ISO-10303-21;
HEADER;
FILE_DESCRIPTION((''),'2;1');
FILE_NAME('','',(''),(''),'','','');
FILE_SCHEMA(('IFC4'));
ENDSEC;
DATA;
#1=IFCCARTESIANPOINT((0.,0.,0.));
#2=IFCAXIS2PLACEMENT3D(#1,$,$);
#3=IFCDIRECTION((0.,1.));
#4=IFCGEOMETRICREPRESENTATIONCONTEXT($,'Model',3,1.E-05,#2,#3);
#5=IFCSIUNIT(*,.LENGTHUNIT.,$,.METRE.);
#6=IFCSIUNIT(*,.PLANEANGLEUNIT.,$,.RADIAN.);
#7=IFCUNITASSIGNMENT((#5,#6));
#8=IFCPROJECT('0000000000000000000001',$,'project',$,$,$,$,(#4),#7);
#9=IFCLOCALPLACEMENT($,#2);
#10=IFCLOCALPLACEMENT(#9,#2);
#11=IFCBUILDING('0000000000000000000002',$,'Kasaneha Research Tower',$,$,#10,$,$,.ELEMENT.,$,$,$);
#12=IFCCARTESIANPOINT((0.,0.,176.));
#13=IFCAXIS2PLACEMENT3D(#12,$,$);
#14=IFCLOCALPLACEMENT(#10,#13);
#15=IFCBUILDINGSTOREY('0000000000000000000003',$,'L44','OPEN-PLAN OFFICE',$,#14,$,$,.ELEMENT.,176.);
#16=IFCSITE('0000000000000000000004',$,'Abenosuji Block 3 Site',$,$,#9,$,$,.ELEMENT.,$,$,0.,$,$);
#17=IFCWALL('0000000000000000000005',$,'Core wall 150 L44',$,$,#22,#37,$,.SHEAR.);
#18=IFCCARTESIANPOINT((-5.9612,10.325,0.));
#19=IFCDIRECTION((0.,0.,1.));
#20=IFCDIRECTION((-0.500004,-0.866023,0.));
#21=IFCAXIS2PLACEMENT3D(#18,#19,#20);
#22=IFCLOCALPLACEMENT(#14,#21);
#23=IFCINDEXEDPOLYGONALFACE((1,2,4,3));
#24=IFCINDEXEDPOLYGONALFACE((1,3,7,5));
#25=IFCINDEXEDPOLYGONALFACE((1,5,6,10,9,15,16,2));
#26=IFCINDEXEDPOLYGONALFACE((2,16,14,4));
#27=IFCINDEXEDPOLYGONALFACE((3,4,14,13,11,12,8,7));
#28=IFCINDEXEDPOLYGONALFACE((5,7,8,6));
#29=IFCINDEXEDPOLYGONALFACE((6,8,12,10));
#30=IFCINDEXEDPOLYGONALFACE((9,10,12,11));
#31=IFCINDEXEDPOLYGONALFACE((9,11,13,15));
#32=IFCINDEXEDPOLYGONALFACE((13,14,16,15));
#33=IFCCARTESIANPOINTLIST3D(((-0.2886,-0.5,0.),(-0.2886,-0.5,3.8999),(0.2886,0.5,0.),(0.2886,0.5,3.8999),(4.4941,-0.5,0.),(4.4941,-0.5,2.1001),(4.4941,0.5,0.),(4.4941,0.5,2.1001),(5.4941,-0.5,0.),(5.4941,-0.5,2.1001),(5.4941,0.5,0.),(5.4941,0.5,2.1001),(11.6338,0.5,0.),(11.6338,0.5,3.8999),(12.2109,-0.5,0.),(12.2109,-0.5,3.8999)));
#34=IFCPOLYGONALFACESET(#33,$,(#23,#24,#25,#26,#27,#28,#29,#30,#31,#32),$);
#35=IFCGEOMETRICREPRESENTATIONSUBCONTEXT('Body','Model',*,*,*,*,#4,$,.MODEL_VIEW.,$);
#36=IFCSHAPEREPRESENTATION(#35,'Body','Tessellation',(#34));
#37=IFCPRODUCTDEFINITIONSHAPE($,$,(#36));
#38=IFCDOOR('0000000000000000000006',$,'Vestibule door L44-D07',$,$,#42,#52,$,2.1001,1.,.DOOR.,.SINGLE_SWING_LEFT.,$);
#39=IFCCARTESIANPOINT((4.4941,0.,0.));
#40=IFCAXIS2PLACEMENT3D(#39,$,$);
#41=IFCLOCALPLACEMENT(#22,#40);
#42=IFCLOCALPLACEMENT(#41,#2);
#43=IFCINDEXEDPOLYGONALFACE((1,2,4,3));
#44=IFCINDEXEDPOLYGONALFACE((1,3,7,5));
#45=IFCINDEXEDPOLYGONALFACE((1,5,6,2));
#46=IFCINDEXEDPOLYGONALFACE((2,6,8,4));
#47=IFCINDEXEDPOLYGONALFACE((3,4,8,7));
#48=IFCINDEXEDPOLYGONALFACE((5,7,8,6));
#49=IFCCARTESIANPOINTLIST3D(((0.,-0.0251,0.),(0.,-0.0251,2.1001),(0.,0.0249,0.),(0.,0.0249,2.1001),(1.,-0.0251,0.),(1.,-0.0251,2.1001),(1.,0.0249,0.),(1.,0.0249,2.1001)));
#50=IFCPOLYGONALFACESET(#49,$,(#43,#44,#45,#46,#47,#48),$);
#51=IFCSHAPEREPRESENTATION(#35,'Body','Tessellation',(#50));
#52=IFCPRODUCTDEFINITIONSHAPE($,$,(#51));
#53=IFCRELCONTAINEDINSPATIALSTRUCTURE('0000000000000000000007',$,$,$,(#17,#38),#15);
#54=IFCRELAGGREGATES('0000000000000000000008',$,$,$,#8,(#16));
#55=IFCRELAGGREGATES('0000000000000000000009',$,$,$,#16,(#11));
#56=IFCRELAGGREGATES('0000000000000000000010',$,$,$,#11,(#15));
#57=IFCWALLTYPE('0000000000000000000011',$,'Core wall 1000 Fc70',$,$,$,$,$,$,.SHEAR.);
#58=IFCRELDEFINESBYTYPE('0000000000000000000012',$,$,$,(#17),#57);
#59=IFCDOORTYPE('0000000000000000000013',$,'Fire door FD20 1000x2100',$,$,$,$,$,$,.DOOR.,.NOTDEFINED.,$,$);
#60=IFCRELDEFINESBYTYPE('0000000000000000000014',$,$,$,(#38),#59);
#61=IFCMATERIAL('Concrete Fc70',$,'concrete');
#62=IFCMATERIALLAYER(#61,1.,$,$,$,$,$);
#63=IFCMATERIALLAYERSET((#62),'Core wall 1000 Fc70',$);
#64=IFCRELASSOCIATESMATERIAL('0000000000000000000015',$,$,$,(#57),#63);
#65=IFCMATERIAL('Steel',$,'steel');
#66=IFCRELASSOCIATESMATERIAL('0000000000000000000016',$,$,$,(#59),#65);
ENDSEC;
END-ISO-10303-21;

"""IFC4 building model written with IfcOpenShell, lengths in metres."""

from ifc_helpers import new_model, si_unit, direction, frame, frame_2d, origin, place, context, subcontext, project, spatial, polyline, rectangle, outline, extrude, material, layer, layer_set, type_object, element, fill, save


model = new_model("IFC4")

# Units and contexts
model_context = context("Model", 3, precision=1e-05, world=origin(), true_north=direction((0.0, 1.0)))
body_context = subcontext(model_context, "Body", "Model", "MODEL_VIEW")
ifc_project = project(units=[si_unit("LENGTHUNIT", "METRE"), si_unit("PLANEANGLEUNIT", "RADIAN")], contexts=[model_context])

# Site, building, storey
site_placement = place(None, origin())
site = spatial("IfcSite", under=ifc_project, at=site_placement, Name="Abenosuji Block 3 Site", CompositionType="ELEMENT", RefElevation=0.0)
building_placement = place(site_placement, origin())
building = spatial("IfcBuilding", under=site, at=building_placement, Name="Kasaneha Research Tower", CompositionType="ELEMENT")
storey_placement = place(building_placement, frame((0.0, 0.0, 176.0)))
storey = spatial("IfcBuildingStorey", under=building, at=storey_placement, Name="L44", Description="OPEN-PLAN OFFICE", CompositionType="ELEMENT", Elevation=176.0)

# Wall, opening, door
ifc_material_1 = material(Name="Concrete Fc70", Category="concrete")
ifc_layer_1 = layer(ifc_material_1, 1.0)
ifc_layer_set_1 = layer_set([ifc_layer_1], Name="Core wall 1000 Fc70")
wall_type_1 = type_object("IfcWallType", Name="Core wall 1000 Fc70", PredefinedType="SHEAR", material=ifc_layer_set_1)
wall_1_placement = place(storey_placement, frame((-5.9612, 10.325, 0.0), z_axis=(0.0, 0.0, 1.0), x_axis=(-0.500004, -0.866023, 0.0)))
wall_1 = element("IfcWall", 1, at=wall_1_placement, inside=storey, type_object=wall_type_1, Name="Core wall 150 L44", PredefinedType="SHEAR", context=body_context, shape_type="SweptSolid", body=[
    extrude(outline(polyline([(-0.2886, -0.5), (4.4941, -0.5), (5.4941, -0.5), (12.2109, -0.5), (11.6338, 0.5), (5.4941, 0.5), (4.4941, 0.5), (0.2886, 0.5), (-0.2886, -0.5)])), origin(), (0.0, 0.0, 1.0), 3.8999),
])
opening_1_placement = place(wall_1_placement, frame((4.4941, 0.0, 0.0)))
opening_1 = element("IfcOpeningElement", 2, at=opening_1_placement, cuts=wall_1, PredefinedType="OPENING", context=body_context, shape_type="SweptSolid", body=[
    extrude(rectangle(XDim=1.0, YDim=2.1001, at=frame_2d((0.5, 1.05))), frame((0.0, 0.51, 0.0), z_axis=(0.0, -1.0, 0.0), x_axis=(1.0, 0.0, 0.0)), (0.0, 0.0, 1.0), 1.02),
])
ifc_material_2 = material(Name="Steel", Category="steel")
door_type_1 = type_object("IfcDoorType", Name="Fire door FD20 1000x2100", OperationType="NOTDEFINED", PredefinedType="DOOR", material=ifc_material_2)
door_1_placement = place(opening_1_placement, origin())
door_1 = element("IfcDoor", 3, at=door_1_placement, inside=storey, type_object=door_type_1, Name="Vestibule door L44-D07", OperationType="SINGLE_SWING_LEFT", OverallHeight=2.1001, OverallWidth=1.0, PredefinedType="DOOR", context=body_context, shape_type="SweptSolid", body=[
    extrude(rectangle(XDim=1.0, YDim=2.1001, at=frame_2d((0.5, 1.05))), frame((0.0, 0.0249, 0.0), z_axis=(0.0, -1.0, 0.0), x_axis=(1.0, 0.0, 0.0)), (0.0, 0.0, 1.0), 0.05),
])
fill(opening_1, door_1)

save(model, "model.ifc")
